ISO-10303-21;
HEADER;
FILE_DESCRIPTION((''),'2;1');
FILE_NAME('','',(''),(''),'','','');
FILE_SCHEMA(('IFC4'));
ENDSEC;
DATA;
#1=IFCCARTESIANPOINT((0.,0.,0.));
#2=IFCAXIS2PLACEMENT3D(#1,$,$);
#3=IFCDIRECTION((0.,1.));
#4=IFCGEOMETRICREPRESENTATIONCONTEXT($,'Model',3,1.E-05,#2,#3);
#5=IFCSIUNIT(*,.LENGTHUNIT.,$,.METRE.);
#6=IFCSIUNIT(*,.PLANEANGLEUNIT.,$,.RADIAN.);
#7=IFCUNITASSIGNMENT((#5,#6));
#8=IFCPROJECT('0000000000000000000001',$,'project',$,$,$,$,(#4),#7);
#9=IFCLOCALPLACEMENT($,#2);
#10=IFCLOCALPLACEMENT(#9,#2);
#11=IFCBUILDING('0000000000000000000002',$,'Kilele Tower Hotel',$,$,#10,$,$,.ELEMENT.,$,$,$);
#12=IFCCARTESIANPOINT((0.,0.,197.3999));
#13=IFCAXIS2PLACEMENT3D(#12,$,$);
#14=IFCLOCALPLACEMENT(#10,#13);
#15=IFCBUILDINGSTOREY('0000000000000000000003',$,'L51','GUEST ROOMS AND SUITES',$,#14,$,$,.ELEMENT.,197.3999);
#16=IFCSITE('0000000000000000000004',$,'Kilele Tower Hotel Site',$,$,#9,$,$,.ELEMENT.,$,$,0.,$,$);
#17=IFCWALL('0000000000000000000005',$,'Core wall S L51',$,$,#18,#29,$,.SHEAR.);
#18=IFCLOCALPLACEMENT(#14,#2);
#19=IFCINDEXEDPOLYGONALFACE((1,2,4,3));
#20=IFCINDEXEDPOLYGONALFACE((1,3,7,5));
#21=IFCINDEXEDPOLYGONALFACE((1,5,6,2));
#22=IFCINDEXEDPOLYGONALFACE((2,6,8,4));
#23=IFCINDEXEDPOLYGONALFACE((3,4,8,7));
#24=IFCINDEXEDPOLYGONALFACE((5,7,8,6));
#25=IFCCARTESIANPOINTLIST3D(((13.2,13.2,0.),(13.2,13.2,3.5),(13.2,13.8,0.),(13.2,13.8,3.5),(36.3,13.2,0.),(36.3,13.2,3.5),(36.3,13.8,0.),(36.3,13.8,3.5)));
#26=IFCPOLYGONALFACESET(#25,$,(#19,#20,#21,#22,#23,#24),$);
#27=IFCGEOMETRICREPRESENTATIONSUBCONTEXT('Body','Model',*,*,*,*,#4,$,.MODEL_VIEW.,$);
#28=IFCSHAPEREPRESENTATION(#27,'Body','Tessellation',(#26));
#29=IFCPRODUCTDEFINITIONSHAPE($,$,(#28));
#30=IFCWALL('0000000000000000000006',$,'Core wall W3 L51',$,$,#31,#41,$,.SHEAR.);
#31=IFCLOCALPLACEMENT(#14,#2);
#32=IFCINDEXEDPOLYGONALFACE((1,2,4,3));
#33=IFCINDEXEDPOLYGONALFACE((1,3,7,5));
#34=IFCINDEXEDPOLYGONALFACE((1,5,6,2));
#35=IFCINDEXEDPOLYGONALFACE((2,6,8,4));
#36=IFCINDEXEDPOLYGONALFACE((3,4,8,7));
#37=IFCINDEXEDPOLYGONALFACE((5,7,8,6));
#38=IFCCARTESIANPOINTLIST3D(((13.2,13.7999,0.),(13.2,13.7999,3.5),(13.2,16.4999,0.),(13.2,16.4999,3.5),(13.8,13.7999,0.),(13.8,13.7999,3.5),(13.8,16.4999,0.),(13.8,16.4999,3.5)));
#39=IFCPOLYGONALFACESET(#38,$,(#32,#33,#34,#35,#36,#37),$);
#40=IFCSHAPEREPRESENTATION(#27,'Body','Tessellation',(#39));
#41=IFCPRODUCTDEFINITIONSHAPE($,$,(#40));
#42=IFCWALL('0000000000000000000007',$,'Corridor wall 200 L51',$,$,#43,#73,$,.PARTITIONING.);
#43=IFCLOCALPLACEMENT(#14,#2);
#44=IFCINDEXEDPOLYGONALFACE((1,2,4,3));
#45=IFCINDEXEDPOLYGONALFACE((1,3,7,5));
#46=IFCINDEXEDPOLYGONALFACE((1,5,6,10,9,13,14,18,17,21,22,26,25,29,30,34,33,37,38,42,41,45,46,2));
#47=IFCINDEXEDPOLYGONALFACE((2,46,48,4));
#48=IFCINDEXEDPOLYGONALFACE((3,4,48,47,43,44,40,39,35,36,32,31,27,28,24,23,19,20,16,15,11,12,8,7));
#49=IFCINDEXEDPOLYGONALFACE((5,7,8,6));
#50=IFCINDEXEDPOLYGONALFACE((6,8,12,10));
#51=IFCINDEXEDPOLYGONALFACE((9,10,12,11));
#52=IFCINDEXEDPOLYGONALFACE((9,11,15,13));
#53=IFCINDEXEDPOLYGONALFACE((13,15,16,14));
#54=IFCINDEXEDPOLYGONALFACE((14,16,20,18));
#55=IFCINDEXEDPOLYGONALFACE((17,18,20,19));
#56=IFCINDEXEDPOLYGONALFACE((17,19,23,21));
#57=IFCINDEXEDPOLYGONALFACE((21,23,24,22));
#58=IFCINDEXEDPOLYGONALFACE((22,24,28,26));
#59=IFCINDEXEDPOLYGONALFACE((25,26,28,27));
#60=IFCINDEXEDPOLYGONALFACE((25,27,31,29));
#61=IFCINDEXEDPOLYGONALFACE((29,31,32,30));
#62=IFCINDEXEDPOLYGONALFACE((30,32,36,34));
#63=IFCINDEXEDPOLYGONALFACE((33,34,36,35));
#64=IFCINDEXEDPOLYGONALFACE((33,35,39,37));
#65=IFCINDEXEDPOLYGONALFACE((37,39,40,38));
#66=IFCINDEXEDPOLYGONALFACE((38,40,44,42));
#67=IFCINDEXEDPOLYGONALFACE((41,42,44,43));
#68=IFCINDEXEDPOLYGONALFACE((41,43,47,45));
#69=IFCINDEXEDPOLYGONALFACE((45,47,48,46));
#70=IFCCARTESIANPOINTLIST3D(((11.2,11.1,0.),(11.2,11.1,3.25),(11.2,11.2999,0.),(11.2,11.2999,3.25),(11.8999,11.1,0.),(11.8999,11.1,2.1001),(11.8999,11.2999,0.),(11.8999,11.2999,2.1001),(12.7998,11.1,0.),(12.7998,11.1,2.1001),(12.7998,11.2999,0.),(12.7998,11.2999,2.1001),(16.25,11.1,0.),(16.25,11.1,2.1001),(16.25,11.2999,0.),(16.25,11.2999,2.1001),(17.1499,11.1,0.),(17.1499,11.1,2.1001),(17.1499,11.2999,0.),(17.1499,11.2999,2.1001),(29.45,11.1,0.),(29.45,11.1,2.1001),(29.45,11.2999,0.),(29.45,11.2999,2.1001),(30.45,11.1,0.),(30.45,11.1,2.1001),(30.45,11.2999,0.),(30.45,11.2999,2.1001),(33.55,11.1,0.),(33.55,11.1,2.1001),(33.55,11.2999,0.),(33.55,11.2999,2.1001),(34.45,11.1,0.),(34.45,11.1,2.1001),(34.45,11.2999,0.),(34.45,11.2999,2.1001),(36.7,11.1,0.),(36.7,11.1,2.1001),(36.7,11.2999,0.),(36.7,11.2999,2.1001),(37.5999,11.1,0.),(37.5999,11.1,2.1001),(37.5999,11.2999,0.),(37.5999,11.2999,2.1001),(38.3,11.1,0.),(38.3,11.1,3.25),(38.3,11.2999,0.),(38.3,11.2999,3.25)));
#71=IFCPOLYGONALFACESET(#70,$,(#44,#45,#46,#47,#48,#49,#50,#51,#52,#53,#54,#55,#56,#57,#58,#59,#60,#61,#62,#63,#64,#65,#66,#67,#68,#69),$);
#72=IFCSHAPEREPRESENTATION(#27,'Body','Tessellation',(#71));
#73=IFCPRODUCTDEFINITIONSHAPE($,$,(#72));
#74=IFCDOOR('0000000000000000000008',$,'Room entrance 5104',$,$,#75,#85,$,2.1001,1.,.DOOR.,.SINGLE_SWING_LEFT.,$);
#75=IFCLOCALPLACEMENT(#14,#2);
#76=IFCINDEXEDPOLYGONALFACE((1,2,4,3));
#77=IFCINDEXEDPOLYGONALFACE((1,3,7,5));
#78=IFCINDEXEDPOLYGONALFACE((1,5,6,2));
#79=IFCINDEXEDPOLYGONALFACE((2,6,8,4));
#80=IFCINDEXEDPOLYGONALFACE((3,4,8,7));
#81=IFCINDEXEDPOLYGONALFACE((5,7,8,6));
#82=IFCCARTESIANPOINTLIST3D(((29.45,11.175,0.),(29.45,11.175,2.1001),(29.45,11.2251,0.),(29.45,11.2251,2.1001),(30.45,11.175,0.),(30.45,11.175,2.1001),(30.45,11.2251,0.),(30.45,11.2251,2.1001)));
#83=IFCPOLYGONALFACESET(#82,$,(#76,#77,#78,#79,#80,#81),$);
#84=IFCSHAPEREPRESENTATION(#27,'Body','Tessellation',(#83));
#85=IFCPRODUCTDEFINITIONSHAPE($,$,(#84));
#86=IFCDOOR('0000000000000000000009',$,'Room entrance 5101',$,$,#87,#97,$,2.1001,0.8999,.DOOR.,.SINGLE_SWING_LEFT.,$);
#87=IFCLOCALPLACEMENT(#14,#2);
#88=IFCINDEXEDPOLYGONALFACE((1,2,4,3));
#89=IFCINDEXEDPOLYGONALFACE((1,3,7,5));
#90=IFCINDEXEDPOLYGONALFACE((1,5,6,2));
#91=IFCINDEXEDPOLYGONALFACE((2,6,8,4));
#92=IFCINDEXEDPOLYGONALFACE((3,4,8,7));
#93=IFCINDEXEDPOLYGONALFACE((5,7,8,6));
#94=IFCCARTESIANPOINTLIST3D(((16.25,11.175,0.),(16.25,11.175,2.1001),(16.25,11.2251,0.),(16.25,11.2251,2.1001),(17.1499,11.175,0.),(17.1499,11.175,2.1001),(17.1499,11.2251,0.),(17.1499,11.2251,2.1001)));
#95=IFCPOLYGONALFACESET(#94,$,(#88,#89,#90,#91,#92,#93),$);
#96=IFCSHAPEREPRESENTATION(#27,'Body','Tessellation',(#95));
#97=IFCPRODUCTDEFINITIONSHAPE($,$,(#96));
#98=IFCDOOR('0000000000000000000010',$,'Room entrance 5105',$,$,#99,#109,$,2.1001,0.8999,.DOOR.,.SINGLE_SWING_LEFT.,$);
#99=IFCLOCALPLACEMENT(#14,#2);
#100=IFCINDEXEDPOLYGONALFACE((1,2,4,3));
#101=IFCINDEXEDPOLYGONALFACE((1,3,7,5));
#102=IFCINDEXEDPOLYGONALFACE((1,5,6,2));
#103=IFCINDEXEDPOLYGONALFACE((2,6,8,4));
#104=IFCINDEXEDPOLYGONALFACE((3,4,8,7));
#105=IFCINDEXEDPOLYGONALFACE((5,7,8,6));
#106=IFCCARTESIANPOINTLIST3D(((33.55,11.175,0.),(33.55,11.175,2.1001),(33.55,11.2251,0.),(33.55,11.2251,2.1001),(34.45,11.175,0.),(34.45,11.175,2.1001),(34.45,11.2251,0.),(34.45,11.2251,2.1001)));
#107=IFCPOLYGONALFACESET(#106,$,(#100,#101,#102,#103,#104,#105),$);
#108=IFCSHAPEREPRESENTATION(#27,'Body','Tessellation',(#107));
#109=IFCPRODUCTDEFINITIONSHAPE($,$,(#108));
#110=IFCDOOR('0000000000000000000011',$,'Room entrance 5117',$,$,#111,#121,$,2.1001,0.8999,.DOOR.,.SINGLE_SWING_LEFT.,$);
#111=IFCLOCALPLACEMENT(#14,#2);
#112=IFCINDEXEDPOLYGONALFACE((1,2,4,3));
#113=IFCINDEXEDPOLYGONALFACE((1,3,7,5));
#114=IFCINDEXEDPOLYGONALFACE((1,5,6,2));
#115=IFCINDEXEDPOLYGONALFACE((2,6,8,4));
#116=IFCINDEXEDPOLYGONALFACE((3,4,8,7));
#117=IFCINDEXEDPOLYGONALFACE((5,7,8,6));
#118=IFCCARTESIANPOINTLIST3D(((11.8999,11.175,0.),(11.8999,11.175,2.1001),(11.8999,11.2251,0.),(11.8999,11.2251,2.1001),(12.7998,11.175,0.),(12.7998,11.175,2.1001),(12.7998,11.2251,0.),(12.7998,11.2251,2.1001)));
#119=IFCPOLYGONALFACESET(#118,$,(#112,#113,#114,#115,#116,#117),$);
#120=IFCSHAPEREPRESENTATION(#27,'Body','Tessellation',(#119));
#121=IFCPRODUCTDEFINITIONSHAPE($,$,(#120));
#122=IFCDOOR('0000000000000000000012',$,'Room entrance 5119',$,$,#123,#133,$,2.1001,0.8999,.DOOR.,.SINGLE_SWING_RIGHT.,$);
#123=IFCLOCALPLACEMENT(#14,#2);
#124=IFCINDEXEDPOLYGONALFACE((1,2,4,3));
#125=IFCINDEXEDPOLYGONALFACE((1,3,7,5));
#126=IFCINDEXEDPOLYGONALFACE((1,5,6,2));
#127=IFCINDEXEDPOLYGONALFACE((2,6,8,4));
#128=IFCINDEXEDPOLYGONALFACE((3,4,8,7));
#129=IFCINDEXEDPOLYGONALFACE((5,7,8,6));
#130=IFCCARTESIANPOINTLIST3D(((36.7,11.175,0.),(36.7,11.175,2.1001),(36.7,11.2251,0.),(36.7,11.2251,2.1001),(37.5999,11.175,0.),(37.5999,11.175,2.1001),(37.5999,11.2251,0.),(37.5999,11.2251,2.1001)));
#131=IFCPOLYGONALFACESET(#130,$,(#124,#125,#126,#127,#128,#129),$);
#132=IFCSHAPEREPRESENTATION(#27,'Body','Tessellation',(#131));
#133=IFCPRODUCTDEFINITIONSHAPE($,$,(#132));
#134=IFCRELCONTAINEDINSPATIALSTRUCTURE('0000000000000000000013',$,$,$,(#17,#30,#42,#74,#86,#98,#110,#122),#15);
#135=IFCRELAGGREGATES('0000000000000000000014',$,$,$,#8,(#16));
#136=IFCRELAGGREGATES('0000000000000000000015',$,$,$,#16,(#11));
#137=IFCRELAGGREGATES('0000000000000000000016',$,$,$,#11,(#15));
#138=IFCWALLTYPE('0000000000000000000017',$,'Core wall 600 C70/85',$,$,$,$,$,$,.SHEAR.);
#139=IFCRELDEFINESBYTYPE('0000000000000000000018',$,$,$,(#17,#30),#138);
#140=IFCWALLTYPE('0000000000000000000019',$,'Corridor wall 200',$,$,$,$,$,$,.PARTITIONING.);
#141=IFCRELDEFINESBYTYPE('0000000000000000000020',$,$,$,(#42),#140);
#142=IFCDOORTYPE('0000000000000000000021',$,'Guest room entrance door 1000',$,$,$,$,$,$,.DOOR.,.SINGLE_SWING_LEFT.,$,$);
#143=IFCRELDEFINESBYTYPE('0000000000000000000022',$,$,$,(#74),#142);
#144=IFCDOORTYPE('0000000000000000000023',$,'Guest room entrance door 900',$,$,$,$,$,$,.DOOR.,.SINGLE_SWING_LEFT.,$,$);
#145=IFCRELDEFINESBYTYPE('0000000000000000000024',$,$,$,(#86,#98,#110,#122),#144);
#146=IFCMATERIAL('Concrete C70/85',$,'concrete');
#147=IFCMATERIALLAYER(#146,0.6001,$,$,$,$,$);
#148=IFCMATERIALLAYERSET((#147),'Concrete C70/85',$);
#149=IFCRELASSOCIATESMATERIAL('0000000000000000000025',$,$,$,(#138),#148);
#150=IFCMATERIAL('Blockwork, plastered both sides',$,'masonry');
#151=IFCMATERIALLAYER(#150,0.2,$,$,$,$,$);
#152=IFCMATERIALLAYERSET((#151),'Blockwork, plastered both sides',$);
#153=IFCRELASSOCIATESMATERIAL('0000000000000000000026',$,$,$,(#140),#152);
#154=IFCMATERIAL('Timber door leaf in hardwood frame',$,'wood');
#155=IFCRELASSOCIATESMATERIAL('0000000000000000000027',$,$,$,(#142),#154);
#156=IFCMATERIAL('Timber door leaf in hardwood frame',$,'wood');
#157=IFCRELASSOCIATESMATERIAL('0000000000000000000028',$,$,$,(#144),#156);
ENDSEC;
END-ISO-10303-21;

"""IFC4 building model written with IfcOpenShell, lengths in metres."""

from ifc_helpers import new_model, si_unit, direction, frame, frame_2d, origin, place, context, subcontext, project, spatial, rectangle, extrude, material, layer, layer_set, type_object, element, fill, save


model = new_model("IFC4")

# Units and contexts
model_context = context("Model", 3, precision=1e-05, world=origin(), true_north=direction((0.0, 1.0)))
body_context = subcontext(model_context, "Body", "Model", "MODEL_VIEW")
ifc_project = project(units=[si_unit("LENGTHUNIT", "METRE"), si_unit("PLANEANGLEUNIT", "RADIAN")], contexts=[model_context])

# Site, building, storey
site_placement = place(None, origin())
site = spatial("IfcSite", under=ifc_project, at=site_placement, Name="Kilele Tower Hotel Site", CompositionType="ELEMENT", RefElevation=0.0)
building_placement = place(site_placement, origin())
building = spatial("IfcBuilding", under=site, at=building_placement, Name="Kilele Tower Hotel", CompositionType="ELEMENT")
storey_placement = place(building_placement, frame((0.0, 0.0, 197.3999)))
storey = spatial("IfcBuildingStorey", under=building, at=storey_placement, Name="L51", Description="GUEST ROOMS AND SUITES", CompositionType="ELEMENT", Elevation=197.3999)

# Walls
ifc_material_1 = material(Name="Concrete C70/85", Category="concrete")
ifc_layer_1 = layer(ifc_material_1, 0.6001)
ifc_layer_set_1 = layer_set([ifc_layer_1], Name="Concrete C70/85")
wall_type_1 = type_object("IfcWallType", Name="Core wall 600 C70/85", PredefinedType="SHEAR", material=ifc_layer_set_1)
wall_1_placement = place(storey_placement, frame((13.2, 13.5, 0.0), z_axis=(0.0, 0.0, 1.0), x_axis=(1.0, 0.0, 0.0)))
element("IfcWall", 1, at=wall_1_placement, inside=storey, type_object=wall_type_1, Name="Core wall S L51", PredefinedType="SHEAR", context=body_context, shape_type="SweptSolid", body=[
    extrude(rectangle(XDim=23.1001, YDim=0.6001, at=frame_2d((11.55, 0.0))), origin(), (0.0, 0.0, 1.0), 3.5),
])
wall_2_placement = place(storey_placement, frame((13.5, 16.5, 0.0), z_axis=(0.0, 0.0, 1.0), x_axis=(0.0, -1.0, 0.0)))
element("IfcWall", 2, at=wall_2_placement, inside=storey, type_object=wall_type_1, Name="Core wall W3 L51", PredefinedType="SHEAR", context=body_context, shape_type="SweptSolid", body=[
    extrude(rectangle(XDim=2.7, YDim=0.6001, at=frame_2d((1.3501, 0.0))), origin(), (0.0, 0.0, 1.0), 3.5),
])

# Wall, openings, doors
ifc_material_2 = material(Name="Blockwork, plastered both sides", Category="masonry")
ifc_layer_2 = layer(ifc_material_2, 0.2)
ifc_layer_set_2 = layer_set([ifc_layer_2], Name="Blockwork, plastered both sides")
wall_type_2 = type_object("IfcWallType", Name="Corridor wall 200", PredefinedType="PARTITIONING", material=ifc_layer_set_2)
wall_3_placement = place(storey_placement, frame((11.2, 11.2, 0.0), z_axis=(0.0, 0.0, 1.0), x_axis=(1.0, 0.0, 0.0)))
wall_3 = element("IfcWall", 3, at=wall_3_placement, inside=storey, type_object=wall_type_2, Name="Corridor wall 200 L51", PredefinedType="PARTITIONING", context=body_context, shape_type="SweptSolid", body=[
    extrude(rectangle(XDim=27.1001, YDim=0.2, at=frame_2d((13.55, 0.0))), origin(), (0.0, 0.0, 1.0), 3.25),
])
opening_1_placement = place(wall_3_placement, frame((5.95, 0.0, 0.0), z_axis=(0.0, 0.0, 1.0), x_axis=(-1.0, 0.0, 0.0)))
opening_1 = element("IfcOpeningElement", 4, at=opening_1_placement, cuts=wall_3, PredefinedType="OPENING", context=body_context, shape_type="SweptSolid", body=[
    extrude(rectangle(XDim=0.8999, YDim=2.1001, at=frame_2d((0.45, 1.05))), frame((0.0, 0.1099, 0.0), z_axis=(0.0, -1.0, 0.0), x_axis=(1.0, 0.0, 0.0)), (0.0, 0.0, 1.0), 0.22),
])
opening_2_placement = place(wall_3_placement, frame((19.25, 0.0, 0.0), z_axis=(0.0, 0.0, 1.0), x_axis=(-1.0, 0.0, 0.0)))
opening_2 = element("IfcOpeningElement", 5, at=opening_2_placement, cuts=wall_3, PredefinedType="OPENING", context=body_context, shape_type="SweptSolid", body=[
    extrude(rectangle(XDim=1.0, YDim=2.1001, at=frame_2d((0.5, 1.05))), frame((0.0, 0.1099, 0.0), z_axis=(0.0, -1.0, 0.0), x_axis=(1.0, 0.0, 0.0)), (0.0, 0.0, 1.0), 0.22),
])
opening_3_placement = place(wall_3_placement, frame((23.25, 0.0, 0.0), z_axis=(0.0, 0.0, 1.0), x_axis=(-1.0, 0.0, 0.0)))
opening_3 = element("IfcOpeningElement", 6, at=opening_3_placement, cuts=wall_3, PredefinedType="OPENING", context=body_context, shape_type="SweptSolid", body=[
    extrude(rectangle(XDim=0.8999, YDim=2.1001, at=frame_2d((0.45, 1.05))), frame((0.0, 0.1099, 0.0), z_axis=(0.0, -1.0, 0.0), x_axis=(1.0, 0.0, 0.0)), (0.0, 0.0, 1.0), 0.22),
])
opening_4_placement = place(wall_3_placement, frame((1.5999, 0.0, 0.0), z_axis=(0.0, 0.0, 1.0), x_axis=(-1.0, 0.0, 0.0)))
opening_4 = element("IfcOpeningElement", 7, at=opening_4_placement, cuts=wall_3, PredefinedType="OPENING", context=body_context, shape_type="SweptSolid", body=[
    extrude(rectangle(XDim=0.8999, YDim=2.1001, at=frame_2d((0.45, 1.05))), frame((0.0, 0.1099, 0.0), z_axis=(0.0, -1.0, 0.0), x_axis=(1.0, 0.0, 0.0)), (0.0, 0.0, 1.0), 0.22),
])
opening_5_placement = place(wall_3_placement, frame((26.3999, 0.0, 0.0), z_axis=(0.0, 0.0, 1.0), x_axis=(-1.0, 0.0, 0.0)))
opening_5 = element("IfcOpeningElement", 8, at=opening_5_placement, cuts=wall_3, PredefinedType="OPENING", context=body_context, shape_type="SweptSolid", body=[
    extrude(rectangle(XDim=0.8999, YDim=2.1001, at=frame_2d((0.45, 1.05))), frame((0.0, 0.1099, 0.0), z_axis=(0.0, -1.0, 0.0), x_axis=(1.0, 0.0, 0.0)), (0.0, 0.0, 1.0), 0.22),
])
ifc_material_3 = material(Name="Timber door leaf in hardwood frame", Category="wood")
door_type_1 = type_object("IfcDoorType", Name="Guest room entrance door 1000", OperationType="SINGLE_SWING_LEFT", PredefinedType="DOOR", material=ifc_material_3)
door_1_placement = place(opening_2_placement, origin())
door_1 = element("IfcDoor", 9, at=door_1_placement, inside=storey, type_object=door_type_1, Name="Room entrance 5104", OperationType="SINGLE_SWING_LEFT", OverallHeight=2.1001, OverallWidth=1.0, PredefinedType="DOOR", context=body_context, shape_type="SweptSolid", body=[
    extrude(rectangle(XDim=1.0, YDim=2.1001, at=frame_2d((0.5, 1.05))), frame((0.0, 0.0249, 0.0), z_axis=(0.0, -1.0, 0.0), x_axis=(1.0, 0.0, 0.0)), (0.0, 0.0, 1.0), 0.05),
])
fill(opening_2, door_1)
ifc_material_4 = material(Name="Timber door leaf in hardwood frame", Category="wood")
door_type_2 = type_object("IfcDoorType", Name="Guest room entrance door 900", OperationType="SINGLE_SWING_LEFT", PredefinedType="DOOR", material=ifc_material_4)
door_2_placement = place(opening_1_placement, origin())
door_2 = element("IfcDoor", 10, at=door_2_placement, inside=storey, type_object=door_type_2, Name="Room entrance 5101", OperationType="SINGLE_SWING_LEFT", OverallHeight=2.1001, OverallWidth=0.8999, PredefinedType="DOOR", context=body_context, shape_type="SweptSolid", body=[
    extrude(rectangle(XDim=0.8999, YDim=2.1001, at=frame_2d((0.45, 1.05))), frame((0.0, 0.0249, 0.0), z_axis=(0.0, -1.0, 0.0), x_axis=(1.0, 0.0, 0.0)), (0.0, 0.0, 1.0), 0.05),
])
fill(opening_1, door_2)
door_3_placement = place(opening_3_placement, origin())
door_3 = element("IfcDoor", 11, at=door_3_placement, inside=storey, type_object=door_type_2, Name="Room entrance 5105", OperationType="SINGLE_SWING_LEFT", OverallHeight=2.1001, OverallWidth=0.8999, PredefinedType="DOOR", context=body_context, shape_type="SweptSolid", body=[
    extrude(rectangle(XDim=0.8999, YDim=2.1001, at=frame_2d((0.45, 1.05))), frame((0.0, 0.0249, 0.0), z_axis=(0.0, -1.0, 0.0), x_axis=(1.0, 0.0, 0.0)), (0.0, 0.0, 1.0), 0.05),
])
fill(opening_3, door_3)
door_4_placement = place(opening_4_placement, origin())
door_4 = element("IfcDoor", 12, at=door_4_placement, inside=storey, type_object=door_type_2, Name="Room entrance 5117", OperationType="SINGLE_SWING_LEFT", OverallHeight=2.1001, OverallWidth=0.8999, PredefinedType="DOOR", context=body_context, shape_type="SweptSolid", body=[
    extrude(rectangle(XDim=0.8999, YDim=2.1001, at=frame_2d((0.45, 1.05))), frame((0.0, 0.0249, 0.0), z_axis=(0.0, -1.0, 0.0), x_axis=(1.0, 0.0, 0.0)), (0.0, 0.0, 1.0), 0.05),
])
fill(opening_4, door_4)
door_5_placement = place(opening_5_placement, origin())
door_5 = element("IfcDoor", 13, at=door_5_placement, inside=storey, type_object=door_type_2, Name="Room entrance 5119", OperationType="SINGLE_SWING_RIGHT", OverallHeight=2.1001, OverallWidth=0.8999, PredefinedType="DOOR", context=body_context, shape_type="SweptSolid", body=[
    extrude(rectangle(XDim=0.8999, YDim=2.1001, at=frame_2d((0.45, 1.05))), frame((0.0, 0.0249, 0.0), z_axis=(0.0, -1.0, 0.0), x_axis=(1.0, 0.0, 0.0)), (0.0, 0.0, 1.0), 0.05),
])
fill(opening_5, door_5)

save(model, "model.ifc")
